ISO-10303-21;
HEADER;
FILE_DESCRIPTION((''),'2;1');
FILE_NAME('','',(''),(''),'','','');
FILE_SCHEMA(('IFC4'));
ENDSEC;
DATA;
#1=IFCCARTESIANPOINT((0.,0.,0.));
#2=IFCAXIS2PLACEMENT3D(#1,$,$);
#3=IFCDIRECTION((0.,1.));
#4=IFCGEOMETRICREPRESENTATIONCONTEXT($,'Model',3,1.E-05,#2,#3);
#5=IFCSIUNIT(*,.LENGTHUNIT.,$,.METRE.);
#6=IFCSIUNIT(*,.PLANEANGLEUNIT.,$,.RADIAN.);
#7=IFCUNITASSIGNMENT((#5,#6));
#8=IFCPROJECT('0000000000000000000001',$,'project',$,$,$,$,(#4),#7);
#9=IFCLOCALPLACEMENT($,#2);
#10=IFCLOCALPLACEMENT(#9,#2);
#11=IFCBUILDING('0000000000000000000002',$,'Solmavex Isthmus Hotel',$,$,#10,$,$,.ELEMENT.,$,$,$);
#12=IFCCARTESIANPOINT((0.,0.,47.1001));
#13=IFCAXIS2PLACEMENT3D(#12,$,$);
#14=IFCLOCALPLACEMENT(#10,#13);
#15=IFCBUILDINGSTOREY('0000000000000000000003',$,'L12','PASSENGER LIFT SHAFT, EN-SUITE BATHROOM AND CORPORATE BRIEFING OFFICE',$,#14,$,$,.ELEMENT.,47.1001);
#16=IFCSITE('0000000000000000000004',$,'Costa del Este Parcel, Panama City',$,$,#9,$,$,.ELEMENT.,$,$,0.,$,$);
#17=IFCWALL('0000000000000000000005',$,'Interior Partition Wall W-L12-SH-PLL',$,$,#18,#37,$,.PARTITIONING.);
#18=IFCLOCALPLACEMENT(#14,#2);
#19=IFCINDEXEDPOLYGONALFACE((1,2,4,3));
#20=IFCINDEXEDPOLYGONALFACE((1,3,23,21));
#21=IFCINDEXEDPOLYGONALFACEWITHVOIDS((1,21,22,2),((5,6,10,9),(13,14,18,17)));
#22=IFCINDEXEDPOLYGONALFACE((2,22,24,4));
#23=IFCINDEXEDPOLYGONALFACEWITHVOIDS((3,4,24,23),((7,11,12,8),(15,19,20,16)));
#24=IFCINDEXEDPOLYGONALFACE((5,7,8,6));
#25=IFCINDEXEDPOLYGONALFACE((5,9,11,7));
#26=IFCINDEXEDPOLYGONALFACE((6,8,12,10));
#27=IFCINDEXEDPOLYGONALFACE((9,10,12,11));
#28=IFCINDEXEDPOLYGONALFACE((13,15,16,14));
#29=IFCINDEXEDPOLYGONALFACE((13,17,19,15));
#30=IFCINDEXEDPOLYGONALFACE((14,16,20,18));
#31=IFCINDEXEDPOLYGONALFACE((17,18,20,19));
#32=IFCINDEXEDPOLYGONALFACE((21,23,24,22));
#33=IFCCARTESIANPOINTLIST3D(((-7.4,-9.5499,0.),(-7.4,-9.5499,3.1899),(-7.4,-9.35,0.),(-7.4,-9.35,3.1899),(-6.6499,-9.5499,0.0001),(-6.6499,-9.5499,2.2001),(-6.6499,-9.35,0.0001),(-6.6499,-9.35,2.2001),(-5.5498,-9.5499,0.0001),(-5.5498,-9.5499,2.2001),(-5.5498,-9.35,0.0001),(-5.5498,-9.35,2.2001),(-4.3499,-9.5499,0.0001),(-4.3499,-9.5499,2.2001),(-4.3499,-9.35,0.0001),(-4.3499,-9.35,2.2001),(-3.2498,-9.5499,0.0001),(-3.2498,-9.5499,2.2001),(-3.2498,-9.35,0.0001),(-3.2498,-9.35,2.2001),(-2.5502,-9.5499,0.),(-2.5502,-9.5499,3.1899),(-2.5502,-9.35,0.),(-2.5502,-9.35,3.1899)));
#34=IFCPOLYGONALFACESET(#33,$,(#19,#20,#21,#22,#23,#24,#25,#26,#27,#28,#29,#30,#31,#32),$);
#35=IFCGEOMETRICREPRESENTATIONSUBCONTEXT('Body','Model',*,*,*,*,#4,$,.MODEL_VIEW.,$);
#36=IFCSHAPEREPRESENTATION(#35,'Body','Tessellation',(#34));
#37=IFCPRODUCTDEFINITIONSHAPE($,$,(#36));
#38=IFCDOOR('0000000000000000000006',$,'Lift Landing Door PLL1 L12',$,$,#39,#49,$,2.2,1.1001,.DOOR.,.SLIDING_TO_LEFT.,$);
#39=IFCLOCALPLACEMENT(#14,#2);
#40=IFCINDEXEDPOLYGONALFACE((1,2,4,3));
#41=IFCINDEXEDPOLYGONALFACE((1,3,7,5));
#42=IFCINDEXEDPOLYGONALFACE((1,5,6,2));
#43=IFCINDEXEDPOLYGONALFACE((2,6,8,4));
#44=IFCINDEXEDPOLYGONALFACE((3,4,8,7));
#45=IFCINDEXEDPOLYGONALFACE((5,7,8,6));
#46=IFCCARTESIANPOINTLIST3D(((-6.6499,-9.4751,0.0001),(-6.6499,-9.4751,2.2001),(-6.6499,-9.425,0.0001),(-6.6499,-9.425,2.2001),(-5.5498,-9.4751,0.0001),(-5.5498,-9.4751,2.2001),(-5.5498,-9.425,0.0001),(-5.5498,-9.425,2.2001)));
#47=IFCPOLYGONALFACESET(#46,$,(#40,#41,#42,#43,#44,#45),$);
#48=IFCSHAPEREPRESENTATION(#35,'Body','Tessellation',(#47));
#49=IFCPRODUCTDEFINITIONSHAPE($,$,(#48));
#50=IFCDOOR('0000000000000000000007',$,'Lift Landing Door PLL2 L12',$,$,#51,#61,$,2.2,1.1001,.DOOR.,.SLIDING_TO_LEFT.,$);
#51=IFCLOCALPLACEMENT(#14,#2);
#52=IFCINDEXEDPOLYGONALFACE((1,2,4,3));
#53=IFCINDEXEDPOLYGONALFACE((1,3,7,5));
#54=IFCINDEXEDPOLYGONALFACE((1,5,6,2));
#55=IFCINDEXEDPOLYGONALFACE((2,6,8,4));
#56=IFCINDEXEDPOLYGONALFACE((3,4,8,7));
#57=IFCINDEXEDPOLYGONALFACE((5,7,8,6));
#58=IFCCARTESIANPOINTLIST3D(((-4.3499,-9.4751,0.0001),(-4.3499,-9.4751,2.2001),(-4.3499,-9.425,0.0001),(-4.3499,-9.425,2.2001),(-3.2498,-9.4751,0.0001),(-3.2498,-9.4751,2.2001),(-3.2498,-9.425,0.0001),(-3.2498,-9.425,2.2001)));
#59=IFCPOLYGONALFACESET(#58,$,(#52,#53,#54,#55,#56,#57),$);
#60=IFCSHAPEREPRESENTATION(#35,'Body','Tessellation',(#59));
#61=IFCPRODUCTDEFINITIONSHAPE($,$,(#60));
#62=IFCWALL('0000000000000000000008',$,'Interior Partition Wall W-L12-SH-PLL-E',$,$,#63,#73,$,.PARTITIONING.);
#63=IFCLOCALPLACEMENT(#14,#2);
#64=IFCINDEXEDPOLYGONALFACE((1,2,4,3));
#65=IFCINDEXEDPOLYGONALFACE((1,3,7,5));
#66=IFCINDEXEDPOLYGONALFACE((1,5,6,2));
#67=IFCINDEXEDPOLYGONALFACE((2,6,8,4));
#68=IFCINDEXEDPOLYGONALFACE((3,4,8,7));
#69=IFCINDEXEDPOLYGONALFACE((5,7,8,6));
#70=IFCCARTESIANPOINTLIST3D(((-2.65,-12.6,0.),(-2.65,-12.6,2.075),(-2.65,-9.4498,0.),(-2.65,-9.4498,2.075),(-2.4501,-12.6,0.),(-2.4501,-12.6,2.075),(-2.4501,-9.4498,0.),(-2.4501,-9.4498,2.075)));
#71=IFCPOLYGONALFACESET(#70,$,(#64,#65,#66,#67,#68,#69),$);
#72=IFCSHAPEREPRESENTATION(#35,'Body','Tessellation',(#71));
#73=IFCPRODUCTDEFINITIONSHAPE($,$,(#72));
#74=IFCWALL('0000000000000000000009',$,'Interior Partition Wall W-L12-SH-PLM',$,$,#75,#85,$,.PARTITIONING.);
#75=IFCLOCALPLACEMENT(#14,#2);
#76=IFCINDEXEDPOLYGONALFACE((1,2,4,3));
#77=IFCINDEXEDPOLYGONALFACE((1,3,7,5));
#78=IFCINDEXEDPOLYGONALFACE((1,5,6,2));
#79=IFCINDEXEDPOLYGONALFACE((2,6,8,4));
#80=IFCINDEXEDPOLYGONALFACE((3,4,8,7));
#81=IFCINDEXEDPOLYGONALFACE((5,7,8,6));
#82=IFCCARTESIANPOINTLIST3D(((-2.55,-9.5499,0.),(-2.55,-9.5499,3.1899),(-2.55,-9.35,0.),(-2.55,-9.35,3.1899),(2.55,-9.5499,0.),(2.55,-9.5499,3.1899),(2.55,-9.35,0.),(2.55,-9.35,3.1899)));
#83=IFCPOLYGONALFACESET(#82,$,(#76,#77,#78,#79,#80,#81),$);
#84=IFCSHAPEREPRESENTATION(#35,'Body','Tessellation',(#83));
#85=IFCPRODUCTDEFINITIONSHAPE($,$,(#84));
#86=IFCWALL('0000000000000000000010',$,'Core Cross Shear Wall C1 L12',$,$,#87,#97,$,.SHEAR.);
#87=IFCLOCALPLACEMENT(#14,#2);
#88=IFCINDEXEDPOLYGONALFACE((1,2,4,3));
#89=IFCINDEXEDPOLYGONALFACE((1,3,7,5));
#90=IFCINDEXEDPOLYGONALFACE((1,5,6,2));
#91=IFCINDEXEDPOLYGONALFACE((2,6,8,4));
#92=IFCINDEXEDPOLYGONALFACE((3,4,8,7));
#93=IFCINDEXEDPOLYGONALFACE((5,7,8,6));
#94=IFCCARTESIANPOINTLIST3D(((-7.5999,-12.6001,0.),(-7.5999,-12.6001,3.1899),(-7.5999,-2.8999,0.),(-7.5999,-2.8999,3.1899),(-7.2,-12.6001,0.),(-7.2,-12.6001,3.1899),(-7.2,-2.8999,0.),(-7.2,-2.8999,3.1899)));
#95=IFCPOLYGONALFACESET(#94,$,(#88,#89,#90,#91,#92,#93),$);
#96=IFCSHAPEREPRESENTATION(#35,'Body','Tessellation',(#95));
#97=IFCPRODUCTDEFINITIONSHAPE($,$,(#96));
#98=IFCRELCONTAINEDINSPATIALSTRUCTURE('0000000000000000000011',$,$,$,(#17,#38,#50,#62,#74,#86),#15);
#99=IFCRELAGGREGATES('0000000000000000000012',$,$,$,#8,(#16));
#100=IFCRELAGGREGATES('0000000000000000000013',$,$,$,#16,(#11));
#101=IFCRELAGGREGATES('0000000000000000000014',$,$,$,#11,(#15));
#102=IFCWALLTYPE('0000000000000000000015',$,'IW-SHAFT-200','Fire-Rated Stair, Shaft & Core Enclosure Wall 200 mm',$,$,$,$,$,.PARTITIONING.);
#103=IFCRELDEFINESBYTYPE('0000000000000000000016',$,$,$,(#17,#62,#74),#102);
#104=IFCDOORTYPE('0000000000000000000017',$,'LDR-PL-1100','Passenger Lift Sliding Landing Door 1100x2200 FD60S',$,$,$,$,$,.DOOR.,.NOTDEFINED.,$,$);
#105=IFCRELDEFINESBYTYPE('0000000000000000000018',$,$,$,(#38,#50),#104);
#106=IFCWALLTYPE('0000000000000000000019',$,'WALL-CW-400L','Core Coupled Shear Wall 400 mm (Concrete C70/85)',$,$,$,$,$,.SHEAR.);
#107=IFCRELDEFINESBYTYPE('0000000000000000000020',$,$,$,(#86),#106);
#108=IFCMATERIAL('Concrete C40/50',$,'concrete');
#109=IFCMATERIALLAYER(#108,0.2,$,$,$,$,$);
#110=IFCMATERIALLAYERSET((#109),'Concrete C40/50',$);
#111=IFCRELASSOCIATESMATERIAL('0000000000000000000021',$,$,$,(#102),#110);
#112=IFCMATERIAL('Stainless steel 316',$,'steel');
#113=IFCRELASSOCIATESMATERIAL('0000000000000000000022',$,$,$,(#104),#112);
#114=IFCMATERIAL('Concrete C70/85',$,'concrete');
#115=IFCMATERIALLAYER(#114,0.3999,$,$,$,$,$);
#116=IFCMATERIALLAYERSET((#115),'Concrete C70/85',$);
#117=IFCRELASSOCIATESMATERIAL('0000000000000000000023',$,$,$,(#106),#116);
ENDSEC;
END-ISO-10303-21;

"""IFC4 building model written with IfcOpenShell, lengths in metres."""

from ifc_helpers import new_model, si_unit, direction, frame, frame_2d, origin, place, context, subcontext, project, spatial, rectangle, extrude, material, layer, layer_set, type_object, element, fill, save


model = new_model("IFC4")

# Units and contexts
model_context = context("Model", 3, precision=1e-05, world=origin(), true_north=direction((0.0, 1.0)))
body_context = subcontext(model_context, "Body", "Model", "MODEL_VIEW")
ifc_project = project(units=[si_unit("LENGTHUNIT", "METRE"), si_unit("PLANEANGLEUNIT", "RADIAN")], contexts=[model_context])

# Site, building, storey
site_placement = place(None, origin())
site = spatial("IfcSite", under=ifc_project, at=site_placement, Name="Costa del Este Parcel, Panama City", CompositionType="ELEMENT", RefElevation=0.0)
building_placement = place(site_placement, origin())
building = spatial("IfcBuilding", under=site, at=building_placement, Name="Solmavex Isthmus Hotel", CompositionType="ELEMENT")
storey_placement = place(building_placement, frame((0.0, 0.0, 47.1001)))
storey = spatial("IfcBuildingStorey", under=building, at=storey_placement, Name="L12", Description="PASSENGER LIFT SHAFT, EN-SUITE BATHROOM AND CORPORATE BRIEFING OFFICE", CompositionType="ELEMENT", Elevation=47.1001)

# Shared definitions
ifc_material_1 = material(Name="Concrete C70/85", Category="concrete")

# Shared definitions
ifc_material_2 = material(Name="Concrete C40/50", Category="concrete")

# Wall, openings, doors
ifc_layer_1 = layer(ifc_material_2, 0.2)
ifc_layer_set_1 = layer_set([ifc_layer_1], Name="Concrete C40/50")
wall_type_1 = type_object("IfcWallType", Name="IW-SHAFT-200", Description="Fire-Rated Stair, Shaft & Core Enclosure Wall 200 mm", PredefinedType="PARTITIONING", material=ifc_layer_set_1)
wall_1_placement = place(storey_placement, frame((-7.3999, -9.45, 0.0), z_axis=(0.0, 0.0, 1.0), x_axis=(1.0, 0.0, 0.0)))
wall_1 = element("IfcWall", 1, at=wall_1_placement, inside=storey, type_object=wall_type_1, Name="Interior Partition Wall W-L12-SH-PLL", PredefinedType="PARTITIONING", context=body_context, shape_type="SweptSolid", body=[
    extrude(rectangle(XDim=4.8499, YDim=0.2, at=frame_2d((2.4248, 0.0))), origin(), (0.0, 0.0, 1.0), 3.1899),
])
opening_1_placement = place(wall_1_placement, frame((0.75, 0.0, 0.0)))
opening_1 = element("IfcOpeningElement", 2, at=opening_1_placement, cuts=wall_1, PredefinedType="OPENING", context=body_context, shape_type="SweptSolid", body=[
    extrude(rectangle(XDim=1.1001, YDim=2.2, at=frame_2d((0.55, 1.1001))), frame((0.0, 0.1099, 0.0), z_axis=(0.0, -1.0, 0.0), x_axis=(1.0, 0.0, 0.0)), (0.0, 0.0, 1.0), 0.22),
])
opening_2_placement = place(wall_1_placement, frame((3.05, 0.0, 0.0)))
opening_2 = element("IfcOpeningElement", 3, at=opening_2_placement, cuts=wall_1, PredefinedType="OPENING", context=body_context, shape_type="SweptSolid", body=[
    extrude(rectangle(XDim=1.1001, YDim=2.2, at=frame_2d((0.55, 1.1001))), frame((0.0, 0.1099, 0.0), z_axis=(0.0, -1.0, 0.0), x_axis=(1.0, 0.0, 0.0)), (0.0, 0.0, 1.0), 0.22),
])
ifc_material_3 = material(Name="Stainless steel 316", Category="steel")
door_type_1 = type_object("IfcDoorType", Name="LDR-PL-1100", Description="Passenger Lift Sliding Landing Door 1100x2200 FD60S", OperationType="NOTDEFINED", PredefinedType="DOOR", material=ifc_material_3)
door_1_placement = place(opening_1_placement, origin())
door_1 = element("IfcDoor", 4, at=door_1_placement, inside=storey, type_object=door_type_1, Name="Lift Landing Door PLL1 L12", OperationType="SLIDING_TO_LEFT", OverallHeight=2.2, OverallWidth=1.1001, PredefinedType="DOOR", context=body_context, shape_type="SweptSolid", body=[
    extrude(rectangle(XDim=1.1001, YDim=2.2, at=frame_2d((0.55, 1.1001))), frame((0.0, 0.0249, 0.0), z_axis=(0.0, -1.0, 0.0), x_axis=(1.0, 0.0, 0.0)), (0.0, 0.0, 1.0), 0.05),
])
fill(opening_1, door_1)
door_2_placement = place(opening_2_placement, origin())
door_2 = element("IfcDoor", 5, at=door_2_placement, inside=storey, type_object=door_type_1, Name="Lift Landing Door PLL2 L12", OperationType="SLIDING_TO_LEFT", OverallHeight=2.2, OverallWidth=1.1001, PredefinedType="DOOR", context=body_context, shape_type="SweptSolid", body=[
    extrude(rectangle(XDim=1.1001, YDim=2.2, at=frame_2d((0.55, 1.1001))), frame((0.0, 0.0249, 0.0), z_axis=(0.0, -1.0, 0.0), x_axis=(1.0, 0.0, 0.0)), (0.0, 0.0, 1.0), 0.05),
])
fill(opening_2, door_2)

# Walls
wall_2_placement = place(storey_placement, frame((-2.55, -12.6001, 0.0), z_axis=(0.0, 0.0, 1.0), x_axis=(0.0, 1.0, 0.0)))
element("IfcWall", 6, at=wall_2_placement, inside=storey, type_object=wall_type_1, Name="Interior Partition Wall W-L12-SH-PLL-E", PredefinedType="PARTITIONING", context=body_context, shape_type="SweptSolid", body=[
    extrude(rectangle(XDim=3.1501, YDim=0.2, at=frame_2d((1.5752, 0.0))), origin(), (0.0, 0.0, 1.0), 2.075),
])
wall_3_placement = place(storey_placement, frame((-2.55, -9.45, 0.0), z_axis=(0.0, 0.0, 1.0), x_axis=(1.0, 0.0, 0.0)))
element("IfcWall", 7, at=wall_3_placement, inside=storey, type_object=wall_type_1, Name="Interior Partition Wall W-L12-SH-PLM", PredefinedType="PARTITIONING", context=body_context, shape_type="SweptSolid", body=[
    extrude(rectangle(XDim=5.1001, YDim=0.2, at=frame_2d((2.55, 0.0))), origin(), (0.0, 0.0, 1.0), 3.1899),
])
ifc_layer_2 = layer(ifc_material_1, 0.3999)
ifc_layer_set_2 = layer_set([ifc_layer_2], Name="Concrete C70/85")
wall_type_2 = type_object("IfcWallType", Name="WALL-CW-400L", Description="Core Coupled Shear Wall 400 mm (Concrete C70/85)", PredefinedType="SHEAR", material=ifc_layer_set_2)
wall_4_placement = place(storey_placement, frame((-7.3999, -12.6001, 0.0), z_axis=(0.0, 0.0, 1.0), x_axis=(0.0, 1.0, 0.0)))
element("IfcWall", 8, at=wall_4_placement, inside=storey, type_object=wall_type_2, Name="Core Cross Shear Wall C1 L12", PredefinedType="SHEAR", context=body_context, shape_type="SweptSolid", body=[
    extrude(rectangle(XDim=9.7002, YDim=0.3999, at=frame_2d((4.8501, 0.0))), origin(), (0.0, 0.0, 1.0), 3.1899),
])

save(model, "model.ifc")
